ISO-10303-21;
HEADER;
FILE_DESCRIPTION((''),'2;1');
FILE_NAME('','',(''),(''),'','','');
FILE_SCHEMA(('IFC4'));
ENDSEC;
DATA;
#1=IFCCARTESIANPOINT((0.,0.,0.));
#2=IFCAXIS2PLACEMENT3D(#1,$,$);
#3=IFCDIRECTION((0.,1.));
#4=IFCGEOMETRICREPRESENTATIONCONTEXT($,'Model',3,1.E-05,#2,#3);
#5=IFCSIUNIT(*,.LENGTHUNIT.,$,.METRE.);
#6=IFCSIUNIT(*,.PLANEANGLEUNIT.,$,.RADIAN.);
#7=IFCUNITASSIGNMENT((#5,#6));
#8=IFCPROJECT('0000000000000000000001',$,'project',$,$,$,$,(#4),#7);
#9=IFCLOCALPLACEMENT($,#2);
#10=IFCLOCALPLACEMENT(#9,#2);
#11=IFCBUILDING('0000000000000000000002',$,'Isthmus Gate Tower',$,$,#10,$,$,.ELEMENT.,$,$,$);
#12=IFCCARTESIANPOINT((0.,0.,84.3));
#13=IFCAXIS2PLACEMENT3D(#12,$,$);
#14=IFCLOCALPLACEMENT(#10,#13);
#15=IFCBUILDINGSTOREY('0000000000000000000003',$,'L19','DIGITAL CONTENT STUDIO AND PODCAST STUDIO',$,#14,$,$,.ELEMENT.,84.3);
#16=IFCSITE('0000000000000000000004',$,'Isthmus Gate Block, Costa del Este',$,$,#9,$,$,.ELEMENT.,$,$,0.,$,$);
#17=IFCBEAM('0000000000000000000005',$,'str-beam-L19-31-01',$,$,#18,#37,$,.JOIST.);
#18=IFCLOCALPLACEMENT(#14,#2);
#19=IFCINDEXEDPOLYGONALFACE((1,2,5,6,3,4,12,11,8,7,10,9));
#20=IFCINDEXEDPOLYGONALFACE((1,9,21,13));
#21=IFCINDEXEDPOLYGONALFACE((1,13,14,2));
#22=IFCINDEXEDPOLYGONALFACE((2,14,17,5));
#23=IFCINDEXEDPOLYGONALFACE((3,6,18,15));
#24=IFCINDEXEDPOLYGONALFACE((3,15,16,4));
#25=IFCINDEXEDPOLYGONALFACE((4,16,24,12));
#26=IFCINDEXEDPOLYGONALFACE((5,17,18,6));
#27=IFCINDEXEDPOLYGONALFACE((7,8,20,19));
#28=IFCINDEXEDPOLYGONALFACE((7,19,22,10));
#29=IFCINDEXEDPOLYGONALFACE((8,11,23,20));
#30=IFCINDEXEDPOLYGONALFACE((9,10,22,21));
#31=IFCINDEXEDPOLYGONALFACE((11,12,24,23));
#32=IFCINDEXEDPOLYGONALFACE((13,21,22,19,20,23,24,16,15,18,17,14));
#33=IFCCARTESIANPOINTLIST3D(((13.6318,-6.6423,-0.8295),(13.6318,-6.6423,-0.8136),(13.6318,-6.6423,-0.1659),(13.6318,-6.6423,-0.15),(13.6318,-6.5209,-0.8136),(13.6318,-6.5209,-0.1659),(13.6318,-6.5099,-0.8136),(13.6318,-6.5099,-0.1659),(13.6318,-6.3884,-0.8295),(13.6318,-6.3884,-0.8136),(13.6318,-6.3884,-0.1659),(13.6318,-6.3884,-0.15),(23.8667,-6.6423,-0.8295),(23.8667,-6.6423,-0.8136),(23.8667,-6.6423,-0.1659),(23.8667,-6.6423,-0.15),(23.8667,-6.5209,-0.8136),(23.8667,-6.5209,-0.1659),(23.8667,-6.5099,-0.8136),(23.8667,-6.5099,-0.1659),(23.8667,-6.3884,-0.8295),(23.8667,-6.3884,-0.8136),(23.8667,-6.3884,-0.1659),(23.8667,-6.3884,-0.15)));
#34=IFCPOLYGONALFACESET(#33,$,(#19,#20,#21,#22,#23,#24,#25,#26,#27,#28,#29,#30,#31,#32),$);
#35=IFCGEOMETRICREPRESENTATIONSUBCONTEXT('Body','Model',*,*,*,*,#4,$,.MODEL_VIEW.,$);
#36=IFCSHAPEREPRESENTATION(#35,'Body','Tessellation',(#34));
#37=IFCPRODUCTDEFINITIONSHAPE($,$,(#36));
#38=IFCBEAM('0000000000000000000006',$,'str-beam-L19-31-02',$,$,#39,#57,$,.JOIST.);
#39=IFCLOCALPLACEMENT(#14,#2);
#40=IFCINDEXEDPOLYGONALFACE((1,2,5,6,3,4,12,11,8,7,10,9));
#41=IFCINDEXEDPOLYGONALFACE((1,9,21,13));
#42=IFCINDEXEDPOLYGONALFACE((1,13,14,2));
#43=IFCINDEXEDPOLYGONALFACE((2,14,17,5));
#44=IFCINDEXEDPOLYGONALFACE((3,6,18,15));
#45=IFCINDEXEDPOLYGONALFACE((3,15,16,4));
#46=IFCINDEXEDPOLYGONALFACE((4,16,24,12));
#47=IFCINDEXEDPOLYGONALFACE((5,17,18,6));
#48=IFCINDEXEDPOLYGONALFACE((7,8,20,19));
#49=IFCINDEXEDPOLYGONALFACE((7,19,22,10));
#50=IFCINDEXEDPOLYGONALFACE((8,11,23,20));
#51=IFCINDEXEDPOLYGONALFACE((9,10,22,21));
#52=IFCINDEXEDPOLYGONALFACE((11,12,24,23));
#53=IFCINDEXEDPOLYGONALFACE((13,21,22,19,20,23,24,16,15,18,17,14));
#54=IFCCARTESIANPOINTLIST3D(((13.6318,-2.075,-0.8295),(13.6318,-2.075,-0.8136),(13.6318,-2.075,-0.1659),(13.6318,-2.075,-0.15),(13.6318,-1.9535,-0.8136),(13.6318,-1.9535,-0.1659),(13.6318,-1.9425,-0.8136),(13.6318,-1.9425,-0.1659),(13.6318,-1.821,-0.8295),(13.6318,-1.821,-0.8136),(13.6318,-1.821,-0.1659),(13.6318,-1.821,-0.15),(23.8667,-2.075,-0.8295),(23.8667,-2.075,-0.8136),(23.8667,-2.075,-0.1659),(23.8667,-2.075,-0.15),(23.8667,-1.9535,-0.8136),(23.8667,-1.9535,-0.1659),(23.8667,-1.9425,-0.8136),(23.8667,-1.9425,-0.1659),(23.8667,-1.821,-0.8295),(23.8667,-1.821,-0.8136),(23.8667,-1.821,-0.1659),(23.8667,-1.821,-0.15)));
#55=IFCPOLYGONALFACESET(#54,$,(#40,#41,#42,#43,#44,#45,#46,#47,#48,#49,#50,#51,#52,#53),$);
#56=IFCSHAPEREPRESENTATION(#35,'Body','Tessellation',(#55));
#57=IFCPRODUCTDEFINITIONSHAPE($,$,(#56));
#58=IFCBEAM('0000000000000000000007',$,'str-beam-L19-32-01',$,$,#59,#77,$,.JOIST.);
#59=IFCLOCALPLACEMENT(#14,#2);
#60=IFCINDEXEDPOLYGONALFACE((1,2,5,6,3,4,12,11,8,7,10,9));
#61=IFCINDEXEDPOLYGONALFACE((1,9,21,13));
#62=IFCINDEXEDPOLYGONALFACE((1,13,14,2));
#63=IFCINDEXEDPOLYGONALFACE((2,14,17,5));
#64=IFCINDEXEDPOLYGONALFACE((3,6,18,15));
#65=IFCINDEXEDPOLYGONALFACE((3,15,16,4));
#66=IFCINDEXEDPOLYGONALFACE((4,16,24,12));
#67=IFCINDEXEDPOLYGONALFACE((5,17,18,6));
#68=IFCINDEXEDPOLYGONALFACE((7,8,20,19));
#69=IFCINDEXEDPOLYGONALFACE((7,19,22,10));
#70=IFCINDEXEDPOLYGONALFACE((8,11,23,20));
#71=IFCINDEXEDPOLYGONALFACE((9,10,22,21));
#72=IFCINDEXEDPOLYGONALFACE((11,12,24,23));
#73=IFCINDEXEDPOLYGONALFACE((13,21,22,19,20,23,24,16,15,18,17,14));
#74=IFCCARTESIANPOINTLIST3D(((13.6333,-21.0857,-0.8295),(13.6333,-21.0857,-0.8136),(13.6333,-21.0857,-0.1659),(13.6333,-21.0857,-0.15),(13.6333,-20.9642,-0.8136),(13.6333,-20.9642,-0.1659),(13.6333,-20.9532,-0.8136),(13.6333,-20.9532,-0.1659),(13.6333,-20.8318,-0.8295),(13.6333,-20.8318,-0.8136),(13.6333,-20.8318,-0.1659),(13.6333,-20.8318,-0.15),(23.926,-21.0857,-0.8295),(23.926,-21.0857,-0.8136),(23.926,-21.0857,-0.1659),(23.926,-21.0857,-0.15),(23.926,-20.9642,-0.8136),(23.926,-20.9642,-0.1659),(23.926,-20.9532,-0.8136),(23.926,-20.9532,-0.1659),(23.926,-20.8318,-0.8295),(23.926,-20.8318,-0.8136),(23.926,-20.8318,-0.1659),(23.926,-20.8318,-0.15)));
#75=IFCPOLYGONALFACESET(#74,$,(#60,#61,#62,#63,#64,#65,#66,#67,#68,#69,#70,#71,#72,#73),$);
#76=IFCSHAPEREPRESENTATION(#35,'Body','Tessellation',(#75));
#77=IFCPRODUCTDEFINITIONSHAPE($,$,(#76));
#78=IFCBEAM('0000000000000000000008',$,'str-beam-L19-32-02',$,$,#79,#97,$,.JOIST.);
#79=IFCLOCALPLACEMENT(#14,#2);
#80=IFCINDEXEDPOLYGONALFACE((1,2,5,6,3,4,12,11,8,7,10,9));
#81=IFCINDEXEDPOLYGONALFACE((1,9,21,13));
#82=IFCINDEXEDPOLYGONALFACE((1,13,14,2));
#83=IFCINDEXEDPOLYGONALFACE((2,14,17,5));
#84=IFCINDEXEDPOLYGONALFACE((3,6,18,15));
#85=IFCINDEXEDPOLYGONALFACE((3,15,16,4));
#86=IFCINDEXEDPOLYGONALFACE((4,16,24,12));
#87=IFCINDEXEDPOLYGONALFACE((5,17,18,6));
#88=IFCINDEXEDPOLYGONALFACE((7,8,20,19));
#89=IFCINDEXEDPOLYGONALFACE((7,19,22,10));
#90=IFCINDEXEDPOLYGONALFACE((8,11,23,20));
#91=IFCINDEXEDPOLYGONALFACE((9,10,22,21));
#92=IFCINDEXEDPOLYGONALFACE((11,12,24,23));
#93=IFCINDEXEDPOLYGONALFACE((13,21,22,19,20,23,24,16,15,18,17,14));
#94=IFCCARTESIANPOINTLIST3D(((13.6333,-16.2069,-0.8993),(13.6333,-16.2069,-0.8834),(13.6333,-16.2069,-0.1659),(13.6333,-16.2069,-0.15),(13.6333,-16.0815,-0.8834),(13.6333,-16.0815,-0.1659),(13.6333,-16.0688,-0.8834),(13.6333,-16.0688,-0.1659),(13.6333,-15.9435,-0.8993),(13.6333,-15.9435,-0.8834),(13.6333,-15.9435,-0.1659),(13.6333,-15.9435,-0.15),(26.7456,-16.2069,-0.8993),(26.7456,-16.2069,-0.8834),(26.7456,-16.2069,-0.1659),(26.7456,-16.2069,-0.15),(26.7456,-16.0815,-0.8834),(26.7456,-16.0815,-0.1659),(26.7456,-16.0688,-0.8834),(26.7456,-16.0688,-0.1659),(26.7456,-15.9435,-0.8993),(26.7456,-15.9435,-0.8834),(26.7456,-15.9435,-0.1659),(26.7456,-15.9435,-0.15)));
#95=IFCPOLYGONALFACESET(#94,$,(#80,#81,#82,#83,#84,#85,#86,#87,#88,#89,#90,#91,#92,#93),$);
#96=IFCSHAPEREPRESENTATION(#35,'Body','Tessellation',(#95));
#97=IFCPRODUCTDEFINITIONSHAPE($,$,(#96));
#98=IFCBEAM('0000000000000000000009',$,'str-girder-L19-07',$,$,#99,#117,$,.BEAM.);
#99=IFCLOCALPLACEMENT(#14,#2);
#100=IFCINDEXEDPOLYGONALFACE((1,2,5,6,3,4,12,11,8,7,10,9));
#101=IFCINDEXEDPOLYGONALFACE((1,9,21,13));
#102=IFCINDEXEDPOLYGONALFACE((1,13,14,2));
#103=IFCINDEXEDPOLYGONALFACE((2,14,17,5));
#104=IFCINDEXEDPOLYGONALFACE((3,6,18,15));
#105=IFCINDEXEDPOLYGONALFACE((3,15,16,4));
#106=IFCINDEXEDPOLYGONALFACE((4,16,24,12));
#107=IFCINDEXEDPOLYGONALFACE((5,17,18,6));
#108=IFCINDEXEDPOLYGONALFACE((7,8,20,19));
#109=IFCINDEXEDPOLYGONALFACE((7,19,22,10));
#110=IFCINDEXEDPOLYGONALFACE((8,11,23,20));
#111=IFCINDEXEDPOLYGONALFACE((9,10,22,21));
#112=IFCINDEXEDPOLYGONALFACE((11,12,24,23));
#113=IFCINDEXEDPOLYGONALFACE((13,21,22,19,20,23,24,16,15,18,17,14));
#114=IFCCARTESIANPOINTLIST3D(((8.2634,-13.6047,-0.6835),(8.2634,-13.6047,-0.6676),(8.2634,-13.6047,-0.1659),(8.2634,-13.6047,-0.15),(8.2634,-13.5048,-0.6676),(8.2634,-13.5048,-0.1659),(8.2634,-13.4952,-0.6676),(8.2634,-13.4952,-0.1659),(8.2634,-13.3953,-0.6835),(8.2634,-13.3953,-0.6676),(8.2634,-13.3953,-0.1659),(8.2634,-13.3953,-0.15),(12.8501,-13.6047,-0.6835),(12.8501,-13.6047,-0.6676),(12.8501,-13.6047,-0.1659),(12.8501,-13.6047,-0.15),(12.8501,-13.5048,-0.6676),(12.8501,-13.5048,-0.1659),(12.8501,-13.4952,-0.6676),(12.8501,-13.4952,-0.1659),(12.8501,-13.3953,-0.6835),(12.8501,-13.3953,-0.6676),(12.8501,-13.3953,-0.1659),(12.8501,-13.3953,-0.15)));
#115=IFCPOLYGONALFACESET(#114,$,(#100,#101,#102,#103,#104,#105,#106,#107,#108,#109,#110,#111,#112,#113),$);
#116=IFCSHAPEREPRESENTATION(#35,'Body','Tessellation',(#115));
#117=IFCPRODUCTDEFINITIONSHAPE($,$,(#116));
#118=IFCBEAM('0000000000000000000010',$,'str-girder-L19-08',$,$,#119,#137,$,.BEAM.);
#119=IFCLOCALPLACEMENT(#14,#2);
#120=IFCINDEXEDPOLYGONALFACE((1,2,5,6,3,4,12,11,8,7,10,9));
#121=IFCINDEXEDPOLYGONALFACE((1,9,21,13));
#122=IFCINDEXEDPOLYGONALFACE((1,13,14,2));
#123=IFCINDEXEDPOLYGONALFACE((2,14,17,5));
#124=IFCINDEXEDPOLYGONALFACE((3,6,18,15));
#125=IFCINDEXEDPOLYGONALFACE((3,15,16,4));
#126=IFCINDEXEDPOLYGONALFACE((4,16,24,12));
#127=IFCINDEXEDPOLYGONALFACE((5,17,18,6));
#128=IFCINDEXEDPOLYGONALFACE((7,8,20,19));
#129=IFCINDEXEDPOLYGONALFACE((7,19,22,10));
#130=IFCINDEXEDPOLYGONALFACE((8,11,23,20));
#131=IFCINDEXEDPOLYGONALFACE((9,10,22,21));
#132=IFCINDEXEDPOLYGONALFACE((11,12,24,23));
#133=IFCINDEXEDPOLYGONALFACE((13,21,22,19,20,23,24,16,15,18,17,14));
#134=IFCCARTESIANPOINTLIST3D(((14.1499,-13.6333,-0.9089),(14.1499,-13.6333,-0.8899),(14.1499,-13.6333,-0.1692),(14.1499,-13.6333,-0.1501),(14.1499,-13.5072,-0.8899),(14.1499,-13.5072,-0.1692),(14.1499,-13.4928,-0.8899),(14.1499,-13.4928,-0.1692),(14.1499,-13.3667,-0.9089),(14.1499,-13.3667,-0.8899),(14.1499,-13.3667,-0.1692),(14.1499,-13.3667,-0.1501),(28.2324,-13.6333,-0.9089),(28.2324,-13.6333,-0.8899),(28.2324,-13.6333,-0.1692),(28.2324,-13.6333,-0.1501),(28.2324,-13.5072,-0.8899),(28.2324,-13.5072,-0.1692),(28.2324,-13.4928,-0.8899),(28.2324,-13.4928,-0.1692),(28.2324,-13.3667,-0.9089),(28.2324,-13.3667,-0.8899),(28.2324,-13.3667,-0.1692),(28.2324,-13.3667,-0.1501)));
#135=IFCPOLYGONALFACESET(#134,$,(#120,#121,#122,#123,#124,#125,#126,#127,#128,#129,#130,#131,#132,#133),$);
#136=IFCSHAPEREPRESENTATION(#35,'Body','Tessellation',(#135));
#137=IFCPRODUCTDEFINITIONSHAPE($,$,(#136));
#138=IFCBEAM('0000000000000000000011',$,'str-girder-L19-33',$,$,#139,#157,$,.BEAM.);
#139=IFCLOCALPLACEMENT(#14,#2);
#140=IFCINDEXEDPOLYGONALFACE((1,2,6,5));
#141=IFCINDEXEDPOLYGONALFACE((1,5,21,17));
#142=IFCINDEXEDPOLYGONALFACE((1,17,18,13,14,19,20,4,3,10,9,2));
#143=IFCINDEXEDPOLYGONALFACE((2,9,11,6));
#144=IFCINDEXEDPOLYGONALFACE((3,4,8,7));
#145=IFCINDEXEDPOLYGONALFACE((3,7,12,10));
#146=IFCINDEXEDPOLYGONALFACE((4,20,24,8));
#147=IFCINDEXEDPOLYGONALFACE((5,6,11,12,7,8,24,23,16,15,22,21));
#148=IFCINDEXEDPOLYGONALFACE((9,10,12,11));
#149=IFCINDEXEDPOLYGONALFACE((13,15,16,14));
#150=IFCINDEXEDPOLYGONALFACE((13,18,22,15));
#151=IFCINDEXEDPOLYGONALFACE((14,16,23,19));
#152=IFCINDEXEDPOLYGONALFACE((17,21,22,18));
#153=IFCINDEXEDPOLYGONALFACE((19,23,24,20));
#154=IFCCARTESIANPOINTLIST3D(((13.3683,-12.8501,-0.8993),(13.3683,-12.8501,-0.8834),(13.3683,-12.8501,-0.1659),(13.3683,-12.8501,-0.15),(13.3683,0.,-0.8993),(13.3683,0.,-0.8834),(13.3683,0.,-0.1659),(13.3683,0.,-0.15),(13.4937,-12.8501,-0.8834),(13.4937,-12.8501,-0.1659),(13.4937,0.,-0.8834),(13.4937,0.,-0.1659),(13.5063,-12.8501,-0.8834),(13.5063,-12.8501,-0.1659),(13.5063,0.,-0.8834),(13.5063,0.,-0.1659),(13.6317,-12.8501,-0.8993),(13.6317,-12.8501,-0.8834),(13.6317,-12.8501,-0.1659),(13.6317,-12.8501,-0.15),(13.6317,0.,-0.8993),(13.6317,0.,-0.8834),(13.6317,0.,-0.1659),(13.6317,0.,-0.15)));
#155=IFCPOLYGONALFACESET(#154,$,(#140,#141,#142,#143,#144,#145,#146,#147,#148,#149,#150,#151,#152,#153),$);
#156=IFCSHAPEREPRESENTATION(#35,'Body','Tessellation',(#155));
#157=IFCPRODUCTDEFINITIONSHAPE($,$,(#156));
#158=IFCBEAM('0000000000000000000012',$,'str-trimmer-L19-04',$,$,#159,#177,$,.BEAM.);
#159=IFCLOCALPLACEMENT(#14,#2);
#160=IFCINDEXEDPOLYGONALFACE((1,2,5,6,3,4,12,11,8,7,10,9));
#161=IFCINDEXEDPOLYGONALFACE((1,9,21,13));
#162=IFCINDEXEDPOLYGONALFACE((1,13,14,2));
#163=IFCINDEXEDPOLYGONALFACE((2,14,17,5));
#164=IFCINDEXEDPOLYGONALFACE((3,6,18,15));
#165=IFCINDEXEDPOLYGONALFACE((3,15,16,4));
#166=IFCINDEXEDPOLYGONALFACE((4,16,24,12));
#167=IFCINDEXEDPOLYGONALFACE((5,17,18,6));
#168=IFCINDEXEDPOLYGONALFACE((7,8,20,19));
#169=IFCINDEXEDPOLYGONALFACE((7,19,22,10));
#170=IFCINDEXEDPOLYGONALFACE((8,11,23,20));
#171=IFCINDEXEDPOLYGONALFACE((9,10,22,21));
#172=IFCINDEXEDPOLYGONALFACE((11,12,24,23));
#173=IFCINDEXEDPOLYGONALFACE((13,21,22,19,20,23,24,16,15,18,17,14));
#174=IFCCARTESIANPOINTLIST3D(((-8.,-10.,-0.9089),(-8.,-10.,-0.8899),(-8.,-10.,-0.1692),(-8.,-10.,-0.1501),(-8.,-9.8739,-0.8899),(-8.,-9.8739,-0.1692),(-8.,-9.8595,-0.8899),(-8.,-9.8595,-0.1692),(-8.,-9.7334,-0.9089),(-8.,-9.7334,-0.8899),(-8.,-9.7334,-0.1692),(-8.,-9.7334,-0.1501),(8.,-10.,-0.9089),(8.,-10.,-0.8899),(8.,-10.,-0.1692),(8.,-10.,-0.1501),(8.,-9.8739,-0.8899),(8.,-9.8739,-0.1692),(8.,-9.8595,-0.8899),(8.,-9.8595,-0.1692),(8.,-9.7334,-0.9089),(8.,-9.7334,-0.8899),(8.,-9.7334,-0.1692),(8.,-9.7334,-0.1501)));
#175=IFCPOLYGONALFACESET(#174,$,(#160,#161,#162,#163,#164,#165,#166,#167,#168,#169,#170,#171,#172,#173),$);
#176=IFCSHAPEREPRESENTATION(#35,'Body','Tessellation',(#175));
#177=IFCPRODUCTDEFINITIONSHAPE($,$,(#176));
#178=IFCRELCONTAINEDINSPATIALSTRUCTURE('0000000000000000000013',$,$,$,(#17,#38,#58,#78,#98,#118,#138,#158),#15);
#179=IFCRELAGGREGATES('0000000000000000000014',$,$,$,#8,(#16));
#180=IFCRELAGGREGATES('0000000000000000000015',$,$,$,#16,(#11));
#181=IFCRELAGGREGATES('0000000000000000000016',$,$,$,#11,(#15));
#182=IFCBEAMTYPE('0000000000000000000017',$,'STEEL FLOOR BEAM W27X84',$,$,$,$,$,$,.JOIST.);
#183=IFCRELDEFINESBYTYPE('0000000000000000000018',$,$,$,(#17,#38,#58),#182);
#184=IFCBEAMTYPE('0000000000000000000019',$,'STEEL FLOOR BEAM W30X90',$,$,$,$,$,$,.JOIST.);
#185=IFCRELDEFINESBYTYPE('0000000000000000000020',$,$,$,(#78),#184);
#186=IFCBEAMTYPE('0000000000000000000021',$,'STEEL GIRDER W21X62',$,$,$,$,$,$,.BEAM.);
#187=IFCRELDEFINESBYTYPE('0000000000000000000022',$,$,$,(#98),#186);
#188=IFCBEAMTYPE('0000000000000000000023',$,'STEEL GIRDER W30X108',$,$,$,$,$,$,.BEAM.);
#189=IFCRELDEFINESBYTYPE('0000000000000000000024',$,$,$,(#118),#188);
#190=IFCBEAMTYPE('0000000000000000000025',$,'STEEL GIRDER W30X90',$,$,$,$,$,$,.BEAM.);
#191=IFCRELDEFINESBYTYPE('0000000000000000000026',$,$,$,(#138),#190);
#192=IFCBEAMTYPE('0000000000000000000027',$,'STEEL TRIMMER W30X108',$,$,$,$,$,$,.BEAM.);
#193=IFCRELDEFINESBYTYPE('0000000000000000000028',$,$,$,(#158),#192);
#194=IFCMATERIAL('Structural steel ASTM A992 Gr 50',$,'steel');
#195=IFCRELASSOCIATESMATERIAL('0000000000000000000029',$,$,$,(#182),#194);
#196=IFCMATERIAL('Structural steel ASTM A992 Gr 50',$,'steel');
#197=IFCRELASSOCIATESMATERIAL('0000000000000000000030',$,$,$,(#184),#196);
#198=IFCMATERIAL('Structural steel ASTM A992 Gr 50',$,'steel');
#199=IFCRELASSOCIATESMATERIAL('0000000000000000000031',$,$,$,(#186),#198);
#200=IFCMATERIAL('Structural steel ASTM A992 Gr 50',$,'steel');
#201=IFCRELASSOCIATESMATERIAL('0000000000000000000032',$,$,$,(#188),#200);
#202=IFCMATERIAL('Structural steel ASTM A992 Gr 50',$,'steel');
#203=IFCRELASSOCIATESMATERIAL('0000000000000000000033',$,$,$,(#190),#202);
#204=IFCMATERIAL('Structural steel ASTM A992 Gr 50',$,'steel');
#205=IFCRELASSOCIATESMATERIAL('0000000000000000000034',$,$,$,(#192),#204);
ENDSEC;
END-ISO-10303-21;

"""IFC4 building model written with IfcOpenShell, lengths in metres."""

from ifc_helpers import new_model, si_unit, direction, frame, origin, origin_2d, place, context, subcontext, project, spatial, i_section, extrude, material, material_profile, profile_set, type_object, element, save


model = new_model("IFC4")

# Units and contexts
model_context = context("Model", 3, precision=1e-05, world=origin(), true_north=direction((0.0, 1.0)))
body_context = subcontext(model_context, "Body", "Model", "MODEL_VIEW")
ifc_project = project(units=[si_unit("LENGTHUNIT", "METRE"), si_unit("PLANEANGLEUNIT", "RADIAN")], contexts=[model_context])

# Site, building, storey
site_placement = place(None, origin())
site = spatial("IfcSite", under=ifc_project, at=site_placement, Name="Isthmus Gate Block, Costa del Este", CompositionType="ELEMENT", RefElevation=0.0)
building_placement = place(site_placement, origin())
building = spatial("IfcBuilding", under=site, at=building_placement, Name="Isthmus Gate Tower", CompositionType="ELEMENT")
storey_placement = place(building_placement, frame((0.0, 0.0, 84.3)))
storey = spatial("IfcBuildingStorey", under=building, at=storey_placement, Name="L19", Description="DIGITAL CONTENT STUDIO AND PODCAST STUDIO", CompositionType="ELEMENT", Elevation=84.3)

# Beams
ifc_material_1 = material(Name="Structural steel ASTM A992 Gr 50", Category="steel")
ifc_material_profile_1 = material_profile(ifc_material_1, i_section(OverallWidth=0.2539, OverallDepth=0.6794, WebThickness=0.011, FlangeThickness=0.0159, at=origin_2d()), Name="W27X84")
ifc_profile_set_1 = profile_set([ifc_material_profile_1], Name="Structural steel ASTM A992 Gr 50")
beam_type_1 = type_object("IfcBeamType", Name="STEEL FLOOR BEAM W27X84", PredefinedType="JOIST", material=ifc_profile_set_1)
for number, where, z_axis, x_axis, name in (
    (1, (13.6318, -6.5154, -0.4897), (1.0, 0.0, 0.0), (0.0, 1.0, 0.0), "str-beam-L19-31-01"),
    (2, (13.6318, -1.948, -0.4897), (1.0, 0.0, 0.0), (0.0, 1.0, 0.0), "str-beam-L19-31-02"),
):
    element("IfcBeam", number, at=place(storey_placement, frame(where, z_axis=z_axis, x_axis=x_axis)), inside=storey, type_object=beam_type_1, Name=name, PredefinedType="JOIST", context=body_context, shape_type="SweptSolid", body=[
        extrude(i_section(OverallWidth=0.2539, OverallDepth=0.6794, WebThickness=0.011, FlangeThickness=0.0159, at=origin_2d()), origin(), (0.0, 0.0, 1.0), 10.2349),
    ])
beam_1_placement = place(storey_placement, frame((13.6333, -20.9587, -0.4897), z_axis=(1.0, 0.0, 0.0), x_axis=(0.0, 1.0, 0.0)))
element("IfcBeam", 3, at=beam_1_placement, inside=storey, type_object=beam_type_1, Name="str-beam-L19-32-01", PredefinedType="JOIST", context=body_context, shape_type="SweptSolid", body=[
    extrude(i_section(OverallWidth=0.2539, OverallDepth=0.6794, WebThickness=0.011, FlangeThickness=0.0159, at=origin_2d()), origin(), (0.0, 0.0, 1.0), 10.2927),
])
ifc_material_2 = material(Name="Structural steel ASTM A992 Gr 50", Category="steel")
ifc_material_profile_2 = material_profile(ifc_material_2, i_section(OverallWidth=0.2634, OverallDepth=0.7493, WebThickness=0.0127, FlangeThickness=0.0159, at=origin_2d()), Name="W30X90")
ifc_profile_set_2 = profile_set([ifc_material_profile_2], Name="Structural steel ASTM A992 Gr 50")
beam_type_2 = type_object("IfcBeamType", Name="STEEL FLOOR BEAM W30X90", PredefinedType="JOIST", material=ifc_profile_set_2)
beam_2_placement = place(storey_placement, frame((13.6333, -16.0752, -0.5247), z_axis=(1.0, 0.0, 0.0), x_axis=(0.0, 1.0, 0.0)))
element("IfcBeam", 4, at=beam_2_placement, inside=storey, type_object=beam_type_2, Name="str-beam-L19-32-02", PredefinedType="JOIST", context=body_context, shape_type="SweptSolid", body=[
    extrude(i_section(OverallWidth=0.2634, OverallDepth=0.7493, WebThickness=0.0127, FlangeThickness=0.0159, at=origin_2d()), origin(), (0.0, 0.0, 1.0), 13.1123),
])
ifc_material_3 = material(Name="Structural steel ASTM A992 Gr 50", Category="steel")
ifc_material_profile_3 = material_profile(ifc_material_3, i_section(OverallWidth=0.2095, OverallDepth=0.5334, WebThickness=0.0095, FlangeThickness=0.0159, at=origin_2d()), Name="W21X62")
ifc_profile_set_3 = profile_set([ifc_material_profile_3], Name="Structural steel ASTM A992 Gr 50")
beam_type_3 = type_object("IfcBeamType", Name="STEEL GIRDER W21X62", PredefinedType="BEAM", material=ifc_profile_set_3)
beam_3_placement = place(storey_placement, frame((8.2634, -13.5, -0.4167), z_axis=(1.0, 0.0, 0.0), x_axis=(0.0, 1.0, 0.0)))
element("IfcBeam", 5, at=beam_3_placement, inside=storey, type_object=beam_type_3, Name="str-girder-L19-07", PredefinedType="BEAM", context=body_context, shape_type="SweptSolid", body=[
    extrude(i_section(OverallWidth=0.2095, OverallDepth=0.5334, WebThickness=0.0095, FlangeThickness=0.0159, at=origin_2d()), origin(), (0.0, 0.0, 1.0), 4.5867),
])
ifc_material_4 = material(Name="Structural steel ASTM A992 Gr 50", Category="steel")
ifc_material_profile_4 = material_profile(ifc_material_4, i_section(OverallWidth=0.2666, OverallDepth=0.7588, WebThickness=0.0144, FlangeThickness=0.019, at=origin_2d()), Name="W30X108")
ifc_profile_set_4 = profile_set([ifc_material_profile_4], Name="Structural steel ASTM A992 Gr 50")
beam_type_4 = type_object("IfcBeamType", Name="STEEL GIRDER W30X108", PredefinedType="BEAM", material=ifc_profile_set_4)
beam_4_placement = place(storey_placement, frame((14.1499, -13.5, -0.5295), z_axis=(1.0, 0.0, 0.0), x_axis=(0.0, 1.0, 0.0)))
element("IfcBeam", 6, at=beam_4_placement, inside=storey, type_object=beam_type_4, Name="str-girder-L19-08", PredefinedType="BEAM", context=body_context, shape_type="SweptSolid", body=[
    extrude(i_section(OverallWidth=0.2666, OverallDepth=0.7588, WebThickness=0.0144, FlangeThickness=0.019, at=origin_2d()), origin(), (0.0, 0.0, 1.0), 14.0825),
])
ifc_material_5 = material(Name="Structural steel ASTM A992 Gr 50", Category="steel")
ifc_material_profile_5 = material_profile(ifc_material_5, i_section(OverallWidth=0.2634, OverallDepth=0.7493, WebThickness=0.0127, FlangeThickness=0.0159, at=origin_2d()), Name="W30X90")
ifc_profile_set_5 = profile_set([ifc_material_profile_5], Name="Structural steel ASTM A992 Gr 50")
beam_type_5 = type_object("IfcBeamType", Name="STEEL GIRDER W30X90", PredefinedType="BEAM", material=ifc_profile_set_5)
beam_5_placement = place(storey_placement, frame((13.5, -12.8501, -0.5247), z_axis=(0.0, 1.0, 0.0), x_axis=(-1.0, 0.0, 0.0)))
element("IfcBeam", 7, at=beam_5_placement, inside=storey, type_object=beam_type_5, Name="str-girder-L19-33", PredefinedType="BEAM", context=body_context, shape_type="SweptSolid", body=[
    extrude(i_section(OverallWidth=0.2634, OverallDepth=0.7493, WebThickness=0.0127, FlangeThickness=0.0159, at=origin_2d()), origin(), (0.0, 0.0, 1.0), 12.8501),
])
ifc_material_6 = material(Name="Structural steel ASTM A992 Gr 50", Category="steel")
ifc_material_profile_6 = material_profile(ifc_material_6, i_section(OverallWidth=0.2666, OverallDepth=0.7588, WebThickness=0.0144, FlangeThickness=0.019, at=origin_2d()), Name="W30X108")
ifc_profile_set_6 = profile_set([ifc_material_profile_6], Name="Structural steel ASTM A992 Gr 50")
beam_type_6 = type_object("IfcBeamType", Name="STEEL TRIMMER W30X108", PredefinedType="BEAM", material=ifc_profile_set_6)
beam_6_placement = place(storey_placement, frame((8.0, -9.8667, -0.5295), z_axis=(-1.0, 0.0, 0.0), x_axis=(0.0, -1.0, 0.0)))
element("IfcBeam", 8, at=beam_6_placement, inside=storey, type_object=beam_type_6, Name="str-trimmer-L19-04", PredefinedType="BEAM", context=body_context, shape_type="SweptSolid", body=[
    extrude(i_section(OverallWidth=0.2666, OverallDepth=0.7588, WebThickness=0.0144, FlangeThickness=0.019, at=origin_2d()), origin(), (0.0, 0.0, 1.0), 16.0),
])

save(model, "model.ifc")
